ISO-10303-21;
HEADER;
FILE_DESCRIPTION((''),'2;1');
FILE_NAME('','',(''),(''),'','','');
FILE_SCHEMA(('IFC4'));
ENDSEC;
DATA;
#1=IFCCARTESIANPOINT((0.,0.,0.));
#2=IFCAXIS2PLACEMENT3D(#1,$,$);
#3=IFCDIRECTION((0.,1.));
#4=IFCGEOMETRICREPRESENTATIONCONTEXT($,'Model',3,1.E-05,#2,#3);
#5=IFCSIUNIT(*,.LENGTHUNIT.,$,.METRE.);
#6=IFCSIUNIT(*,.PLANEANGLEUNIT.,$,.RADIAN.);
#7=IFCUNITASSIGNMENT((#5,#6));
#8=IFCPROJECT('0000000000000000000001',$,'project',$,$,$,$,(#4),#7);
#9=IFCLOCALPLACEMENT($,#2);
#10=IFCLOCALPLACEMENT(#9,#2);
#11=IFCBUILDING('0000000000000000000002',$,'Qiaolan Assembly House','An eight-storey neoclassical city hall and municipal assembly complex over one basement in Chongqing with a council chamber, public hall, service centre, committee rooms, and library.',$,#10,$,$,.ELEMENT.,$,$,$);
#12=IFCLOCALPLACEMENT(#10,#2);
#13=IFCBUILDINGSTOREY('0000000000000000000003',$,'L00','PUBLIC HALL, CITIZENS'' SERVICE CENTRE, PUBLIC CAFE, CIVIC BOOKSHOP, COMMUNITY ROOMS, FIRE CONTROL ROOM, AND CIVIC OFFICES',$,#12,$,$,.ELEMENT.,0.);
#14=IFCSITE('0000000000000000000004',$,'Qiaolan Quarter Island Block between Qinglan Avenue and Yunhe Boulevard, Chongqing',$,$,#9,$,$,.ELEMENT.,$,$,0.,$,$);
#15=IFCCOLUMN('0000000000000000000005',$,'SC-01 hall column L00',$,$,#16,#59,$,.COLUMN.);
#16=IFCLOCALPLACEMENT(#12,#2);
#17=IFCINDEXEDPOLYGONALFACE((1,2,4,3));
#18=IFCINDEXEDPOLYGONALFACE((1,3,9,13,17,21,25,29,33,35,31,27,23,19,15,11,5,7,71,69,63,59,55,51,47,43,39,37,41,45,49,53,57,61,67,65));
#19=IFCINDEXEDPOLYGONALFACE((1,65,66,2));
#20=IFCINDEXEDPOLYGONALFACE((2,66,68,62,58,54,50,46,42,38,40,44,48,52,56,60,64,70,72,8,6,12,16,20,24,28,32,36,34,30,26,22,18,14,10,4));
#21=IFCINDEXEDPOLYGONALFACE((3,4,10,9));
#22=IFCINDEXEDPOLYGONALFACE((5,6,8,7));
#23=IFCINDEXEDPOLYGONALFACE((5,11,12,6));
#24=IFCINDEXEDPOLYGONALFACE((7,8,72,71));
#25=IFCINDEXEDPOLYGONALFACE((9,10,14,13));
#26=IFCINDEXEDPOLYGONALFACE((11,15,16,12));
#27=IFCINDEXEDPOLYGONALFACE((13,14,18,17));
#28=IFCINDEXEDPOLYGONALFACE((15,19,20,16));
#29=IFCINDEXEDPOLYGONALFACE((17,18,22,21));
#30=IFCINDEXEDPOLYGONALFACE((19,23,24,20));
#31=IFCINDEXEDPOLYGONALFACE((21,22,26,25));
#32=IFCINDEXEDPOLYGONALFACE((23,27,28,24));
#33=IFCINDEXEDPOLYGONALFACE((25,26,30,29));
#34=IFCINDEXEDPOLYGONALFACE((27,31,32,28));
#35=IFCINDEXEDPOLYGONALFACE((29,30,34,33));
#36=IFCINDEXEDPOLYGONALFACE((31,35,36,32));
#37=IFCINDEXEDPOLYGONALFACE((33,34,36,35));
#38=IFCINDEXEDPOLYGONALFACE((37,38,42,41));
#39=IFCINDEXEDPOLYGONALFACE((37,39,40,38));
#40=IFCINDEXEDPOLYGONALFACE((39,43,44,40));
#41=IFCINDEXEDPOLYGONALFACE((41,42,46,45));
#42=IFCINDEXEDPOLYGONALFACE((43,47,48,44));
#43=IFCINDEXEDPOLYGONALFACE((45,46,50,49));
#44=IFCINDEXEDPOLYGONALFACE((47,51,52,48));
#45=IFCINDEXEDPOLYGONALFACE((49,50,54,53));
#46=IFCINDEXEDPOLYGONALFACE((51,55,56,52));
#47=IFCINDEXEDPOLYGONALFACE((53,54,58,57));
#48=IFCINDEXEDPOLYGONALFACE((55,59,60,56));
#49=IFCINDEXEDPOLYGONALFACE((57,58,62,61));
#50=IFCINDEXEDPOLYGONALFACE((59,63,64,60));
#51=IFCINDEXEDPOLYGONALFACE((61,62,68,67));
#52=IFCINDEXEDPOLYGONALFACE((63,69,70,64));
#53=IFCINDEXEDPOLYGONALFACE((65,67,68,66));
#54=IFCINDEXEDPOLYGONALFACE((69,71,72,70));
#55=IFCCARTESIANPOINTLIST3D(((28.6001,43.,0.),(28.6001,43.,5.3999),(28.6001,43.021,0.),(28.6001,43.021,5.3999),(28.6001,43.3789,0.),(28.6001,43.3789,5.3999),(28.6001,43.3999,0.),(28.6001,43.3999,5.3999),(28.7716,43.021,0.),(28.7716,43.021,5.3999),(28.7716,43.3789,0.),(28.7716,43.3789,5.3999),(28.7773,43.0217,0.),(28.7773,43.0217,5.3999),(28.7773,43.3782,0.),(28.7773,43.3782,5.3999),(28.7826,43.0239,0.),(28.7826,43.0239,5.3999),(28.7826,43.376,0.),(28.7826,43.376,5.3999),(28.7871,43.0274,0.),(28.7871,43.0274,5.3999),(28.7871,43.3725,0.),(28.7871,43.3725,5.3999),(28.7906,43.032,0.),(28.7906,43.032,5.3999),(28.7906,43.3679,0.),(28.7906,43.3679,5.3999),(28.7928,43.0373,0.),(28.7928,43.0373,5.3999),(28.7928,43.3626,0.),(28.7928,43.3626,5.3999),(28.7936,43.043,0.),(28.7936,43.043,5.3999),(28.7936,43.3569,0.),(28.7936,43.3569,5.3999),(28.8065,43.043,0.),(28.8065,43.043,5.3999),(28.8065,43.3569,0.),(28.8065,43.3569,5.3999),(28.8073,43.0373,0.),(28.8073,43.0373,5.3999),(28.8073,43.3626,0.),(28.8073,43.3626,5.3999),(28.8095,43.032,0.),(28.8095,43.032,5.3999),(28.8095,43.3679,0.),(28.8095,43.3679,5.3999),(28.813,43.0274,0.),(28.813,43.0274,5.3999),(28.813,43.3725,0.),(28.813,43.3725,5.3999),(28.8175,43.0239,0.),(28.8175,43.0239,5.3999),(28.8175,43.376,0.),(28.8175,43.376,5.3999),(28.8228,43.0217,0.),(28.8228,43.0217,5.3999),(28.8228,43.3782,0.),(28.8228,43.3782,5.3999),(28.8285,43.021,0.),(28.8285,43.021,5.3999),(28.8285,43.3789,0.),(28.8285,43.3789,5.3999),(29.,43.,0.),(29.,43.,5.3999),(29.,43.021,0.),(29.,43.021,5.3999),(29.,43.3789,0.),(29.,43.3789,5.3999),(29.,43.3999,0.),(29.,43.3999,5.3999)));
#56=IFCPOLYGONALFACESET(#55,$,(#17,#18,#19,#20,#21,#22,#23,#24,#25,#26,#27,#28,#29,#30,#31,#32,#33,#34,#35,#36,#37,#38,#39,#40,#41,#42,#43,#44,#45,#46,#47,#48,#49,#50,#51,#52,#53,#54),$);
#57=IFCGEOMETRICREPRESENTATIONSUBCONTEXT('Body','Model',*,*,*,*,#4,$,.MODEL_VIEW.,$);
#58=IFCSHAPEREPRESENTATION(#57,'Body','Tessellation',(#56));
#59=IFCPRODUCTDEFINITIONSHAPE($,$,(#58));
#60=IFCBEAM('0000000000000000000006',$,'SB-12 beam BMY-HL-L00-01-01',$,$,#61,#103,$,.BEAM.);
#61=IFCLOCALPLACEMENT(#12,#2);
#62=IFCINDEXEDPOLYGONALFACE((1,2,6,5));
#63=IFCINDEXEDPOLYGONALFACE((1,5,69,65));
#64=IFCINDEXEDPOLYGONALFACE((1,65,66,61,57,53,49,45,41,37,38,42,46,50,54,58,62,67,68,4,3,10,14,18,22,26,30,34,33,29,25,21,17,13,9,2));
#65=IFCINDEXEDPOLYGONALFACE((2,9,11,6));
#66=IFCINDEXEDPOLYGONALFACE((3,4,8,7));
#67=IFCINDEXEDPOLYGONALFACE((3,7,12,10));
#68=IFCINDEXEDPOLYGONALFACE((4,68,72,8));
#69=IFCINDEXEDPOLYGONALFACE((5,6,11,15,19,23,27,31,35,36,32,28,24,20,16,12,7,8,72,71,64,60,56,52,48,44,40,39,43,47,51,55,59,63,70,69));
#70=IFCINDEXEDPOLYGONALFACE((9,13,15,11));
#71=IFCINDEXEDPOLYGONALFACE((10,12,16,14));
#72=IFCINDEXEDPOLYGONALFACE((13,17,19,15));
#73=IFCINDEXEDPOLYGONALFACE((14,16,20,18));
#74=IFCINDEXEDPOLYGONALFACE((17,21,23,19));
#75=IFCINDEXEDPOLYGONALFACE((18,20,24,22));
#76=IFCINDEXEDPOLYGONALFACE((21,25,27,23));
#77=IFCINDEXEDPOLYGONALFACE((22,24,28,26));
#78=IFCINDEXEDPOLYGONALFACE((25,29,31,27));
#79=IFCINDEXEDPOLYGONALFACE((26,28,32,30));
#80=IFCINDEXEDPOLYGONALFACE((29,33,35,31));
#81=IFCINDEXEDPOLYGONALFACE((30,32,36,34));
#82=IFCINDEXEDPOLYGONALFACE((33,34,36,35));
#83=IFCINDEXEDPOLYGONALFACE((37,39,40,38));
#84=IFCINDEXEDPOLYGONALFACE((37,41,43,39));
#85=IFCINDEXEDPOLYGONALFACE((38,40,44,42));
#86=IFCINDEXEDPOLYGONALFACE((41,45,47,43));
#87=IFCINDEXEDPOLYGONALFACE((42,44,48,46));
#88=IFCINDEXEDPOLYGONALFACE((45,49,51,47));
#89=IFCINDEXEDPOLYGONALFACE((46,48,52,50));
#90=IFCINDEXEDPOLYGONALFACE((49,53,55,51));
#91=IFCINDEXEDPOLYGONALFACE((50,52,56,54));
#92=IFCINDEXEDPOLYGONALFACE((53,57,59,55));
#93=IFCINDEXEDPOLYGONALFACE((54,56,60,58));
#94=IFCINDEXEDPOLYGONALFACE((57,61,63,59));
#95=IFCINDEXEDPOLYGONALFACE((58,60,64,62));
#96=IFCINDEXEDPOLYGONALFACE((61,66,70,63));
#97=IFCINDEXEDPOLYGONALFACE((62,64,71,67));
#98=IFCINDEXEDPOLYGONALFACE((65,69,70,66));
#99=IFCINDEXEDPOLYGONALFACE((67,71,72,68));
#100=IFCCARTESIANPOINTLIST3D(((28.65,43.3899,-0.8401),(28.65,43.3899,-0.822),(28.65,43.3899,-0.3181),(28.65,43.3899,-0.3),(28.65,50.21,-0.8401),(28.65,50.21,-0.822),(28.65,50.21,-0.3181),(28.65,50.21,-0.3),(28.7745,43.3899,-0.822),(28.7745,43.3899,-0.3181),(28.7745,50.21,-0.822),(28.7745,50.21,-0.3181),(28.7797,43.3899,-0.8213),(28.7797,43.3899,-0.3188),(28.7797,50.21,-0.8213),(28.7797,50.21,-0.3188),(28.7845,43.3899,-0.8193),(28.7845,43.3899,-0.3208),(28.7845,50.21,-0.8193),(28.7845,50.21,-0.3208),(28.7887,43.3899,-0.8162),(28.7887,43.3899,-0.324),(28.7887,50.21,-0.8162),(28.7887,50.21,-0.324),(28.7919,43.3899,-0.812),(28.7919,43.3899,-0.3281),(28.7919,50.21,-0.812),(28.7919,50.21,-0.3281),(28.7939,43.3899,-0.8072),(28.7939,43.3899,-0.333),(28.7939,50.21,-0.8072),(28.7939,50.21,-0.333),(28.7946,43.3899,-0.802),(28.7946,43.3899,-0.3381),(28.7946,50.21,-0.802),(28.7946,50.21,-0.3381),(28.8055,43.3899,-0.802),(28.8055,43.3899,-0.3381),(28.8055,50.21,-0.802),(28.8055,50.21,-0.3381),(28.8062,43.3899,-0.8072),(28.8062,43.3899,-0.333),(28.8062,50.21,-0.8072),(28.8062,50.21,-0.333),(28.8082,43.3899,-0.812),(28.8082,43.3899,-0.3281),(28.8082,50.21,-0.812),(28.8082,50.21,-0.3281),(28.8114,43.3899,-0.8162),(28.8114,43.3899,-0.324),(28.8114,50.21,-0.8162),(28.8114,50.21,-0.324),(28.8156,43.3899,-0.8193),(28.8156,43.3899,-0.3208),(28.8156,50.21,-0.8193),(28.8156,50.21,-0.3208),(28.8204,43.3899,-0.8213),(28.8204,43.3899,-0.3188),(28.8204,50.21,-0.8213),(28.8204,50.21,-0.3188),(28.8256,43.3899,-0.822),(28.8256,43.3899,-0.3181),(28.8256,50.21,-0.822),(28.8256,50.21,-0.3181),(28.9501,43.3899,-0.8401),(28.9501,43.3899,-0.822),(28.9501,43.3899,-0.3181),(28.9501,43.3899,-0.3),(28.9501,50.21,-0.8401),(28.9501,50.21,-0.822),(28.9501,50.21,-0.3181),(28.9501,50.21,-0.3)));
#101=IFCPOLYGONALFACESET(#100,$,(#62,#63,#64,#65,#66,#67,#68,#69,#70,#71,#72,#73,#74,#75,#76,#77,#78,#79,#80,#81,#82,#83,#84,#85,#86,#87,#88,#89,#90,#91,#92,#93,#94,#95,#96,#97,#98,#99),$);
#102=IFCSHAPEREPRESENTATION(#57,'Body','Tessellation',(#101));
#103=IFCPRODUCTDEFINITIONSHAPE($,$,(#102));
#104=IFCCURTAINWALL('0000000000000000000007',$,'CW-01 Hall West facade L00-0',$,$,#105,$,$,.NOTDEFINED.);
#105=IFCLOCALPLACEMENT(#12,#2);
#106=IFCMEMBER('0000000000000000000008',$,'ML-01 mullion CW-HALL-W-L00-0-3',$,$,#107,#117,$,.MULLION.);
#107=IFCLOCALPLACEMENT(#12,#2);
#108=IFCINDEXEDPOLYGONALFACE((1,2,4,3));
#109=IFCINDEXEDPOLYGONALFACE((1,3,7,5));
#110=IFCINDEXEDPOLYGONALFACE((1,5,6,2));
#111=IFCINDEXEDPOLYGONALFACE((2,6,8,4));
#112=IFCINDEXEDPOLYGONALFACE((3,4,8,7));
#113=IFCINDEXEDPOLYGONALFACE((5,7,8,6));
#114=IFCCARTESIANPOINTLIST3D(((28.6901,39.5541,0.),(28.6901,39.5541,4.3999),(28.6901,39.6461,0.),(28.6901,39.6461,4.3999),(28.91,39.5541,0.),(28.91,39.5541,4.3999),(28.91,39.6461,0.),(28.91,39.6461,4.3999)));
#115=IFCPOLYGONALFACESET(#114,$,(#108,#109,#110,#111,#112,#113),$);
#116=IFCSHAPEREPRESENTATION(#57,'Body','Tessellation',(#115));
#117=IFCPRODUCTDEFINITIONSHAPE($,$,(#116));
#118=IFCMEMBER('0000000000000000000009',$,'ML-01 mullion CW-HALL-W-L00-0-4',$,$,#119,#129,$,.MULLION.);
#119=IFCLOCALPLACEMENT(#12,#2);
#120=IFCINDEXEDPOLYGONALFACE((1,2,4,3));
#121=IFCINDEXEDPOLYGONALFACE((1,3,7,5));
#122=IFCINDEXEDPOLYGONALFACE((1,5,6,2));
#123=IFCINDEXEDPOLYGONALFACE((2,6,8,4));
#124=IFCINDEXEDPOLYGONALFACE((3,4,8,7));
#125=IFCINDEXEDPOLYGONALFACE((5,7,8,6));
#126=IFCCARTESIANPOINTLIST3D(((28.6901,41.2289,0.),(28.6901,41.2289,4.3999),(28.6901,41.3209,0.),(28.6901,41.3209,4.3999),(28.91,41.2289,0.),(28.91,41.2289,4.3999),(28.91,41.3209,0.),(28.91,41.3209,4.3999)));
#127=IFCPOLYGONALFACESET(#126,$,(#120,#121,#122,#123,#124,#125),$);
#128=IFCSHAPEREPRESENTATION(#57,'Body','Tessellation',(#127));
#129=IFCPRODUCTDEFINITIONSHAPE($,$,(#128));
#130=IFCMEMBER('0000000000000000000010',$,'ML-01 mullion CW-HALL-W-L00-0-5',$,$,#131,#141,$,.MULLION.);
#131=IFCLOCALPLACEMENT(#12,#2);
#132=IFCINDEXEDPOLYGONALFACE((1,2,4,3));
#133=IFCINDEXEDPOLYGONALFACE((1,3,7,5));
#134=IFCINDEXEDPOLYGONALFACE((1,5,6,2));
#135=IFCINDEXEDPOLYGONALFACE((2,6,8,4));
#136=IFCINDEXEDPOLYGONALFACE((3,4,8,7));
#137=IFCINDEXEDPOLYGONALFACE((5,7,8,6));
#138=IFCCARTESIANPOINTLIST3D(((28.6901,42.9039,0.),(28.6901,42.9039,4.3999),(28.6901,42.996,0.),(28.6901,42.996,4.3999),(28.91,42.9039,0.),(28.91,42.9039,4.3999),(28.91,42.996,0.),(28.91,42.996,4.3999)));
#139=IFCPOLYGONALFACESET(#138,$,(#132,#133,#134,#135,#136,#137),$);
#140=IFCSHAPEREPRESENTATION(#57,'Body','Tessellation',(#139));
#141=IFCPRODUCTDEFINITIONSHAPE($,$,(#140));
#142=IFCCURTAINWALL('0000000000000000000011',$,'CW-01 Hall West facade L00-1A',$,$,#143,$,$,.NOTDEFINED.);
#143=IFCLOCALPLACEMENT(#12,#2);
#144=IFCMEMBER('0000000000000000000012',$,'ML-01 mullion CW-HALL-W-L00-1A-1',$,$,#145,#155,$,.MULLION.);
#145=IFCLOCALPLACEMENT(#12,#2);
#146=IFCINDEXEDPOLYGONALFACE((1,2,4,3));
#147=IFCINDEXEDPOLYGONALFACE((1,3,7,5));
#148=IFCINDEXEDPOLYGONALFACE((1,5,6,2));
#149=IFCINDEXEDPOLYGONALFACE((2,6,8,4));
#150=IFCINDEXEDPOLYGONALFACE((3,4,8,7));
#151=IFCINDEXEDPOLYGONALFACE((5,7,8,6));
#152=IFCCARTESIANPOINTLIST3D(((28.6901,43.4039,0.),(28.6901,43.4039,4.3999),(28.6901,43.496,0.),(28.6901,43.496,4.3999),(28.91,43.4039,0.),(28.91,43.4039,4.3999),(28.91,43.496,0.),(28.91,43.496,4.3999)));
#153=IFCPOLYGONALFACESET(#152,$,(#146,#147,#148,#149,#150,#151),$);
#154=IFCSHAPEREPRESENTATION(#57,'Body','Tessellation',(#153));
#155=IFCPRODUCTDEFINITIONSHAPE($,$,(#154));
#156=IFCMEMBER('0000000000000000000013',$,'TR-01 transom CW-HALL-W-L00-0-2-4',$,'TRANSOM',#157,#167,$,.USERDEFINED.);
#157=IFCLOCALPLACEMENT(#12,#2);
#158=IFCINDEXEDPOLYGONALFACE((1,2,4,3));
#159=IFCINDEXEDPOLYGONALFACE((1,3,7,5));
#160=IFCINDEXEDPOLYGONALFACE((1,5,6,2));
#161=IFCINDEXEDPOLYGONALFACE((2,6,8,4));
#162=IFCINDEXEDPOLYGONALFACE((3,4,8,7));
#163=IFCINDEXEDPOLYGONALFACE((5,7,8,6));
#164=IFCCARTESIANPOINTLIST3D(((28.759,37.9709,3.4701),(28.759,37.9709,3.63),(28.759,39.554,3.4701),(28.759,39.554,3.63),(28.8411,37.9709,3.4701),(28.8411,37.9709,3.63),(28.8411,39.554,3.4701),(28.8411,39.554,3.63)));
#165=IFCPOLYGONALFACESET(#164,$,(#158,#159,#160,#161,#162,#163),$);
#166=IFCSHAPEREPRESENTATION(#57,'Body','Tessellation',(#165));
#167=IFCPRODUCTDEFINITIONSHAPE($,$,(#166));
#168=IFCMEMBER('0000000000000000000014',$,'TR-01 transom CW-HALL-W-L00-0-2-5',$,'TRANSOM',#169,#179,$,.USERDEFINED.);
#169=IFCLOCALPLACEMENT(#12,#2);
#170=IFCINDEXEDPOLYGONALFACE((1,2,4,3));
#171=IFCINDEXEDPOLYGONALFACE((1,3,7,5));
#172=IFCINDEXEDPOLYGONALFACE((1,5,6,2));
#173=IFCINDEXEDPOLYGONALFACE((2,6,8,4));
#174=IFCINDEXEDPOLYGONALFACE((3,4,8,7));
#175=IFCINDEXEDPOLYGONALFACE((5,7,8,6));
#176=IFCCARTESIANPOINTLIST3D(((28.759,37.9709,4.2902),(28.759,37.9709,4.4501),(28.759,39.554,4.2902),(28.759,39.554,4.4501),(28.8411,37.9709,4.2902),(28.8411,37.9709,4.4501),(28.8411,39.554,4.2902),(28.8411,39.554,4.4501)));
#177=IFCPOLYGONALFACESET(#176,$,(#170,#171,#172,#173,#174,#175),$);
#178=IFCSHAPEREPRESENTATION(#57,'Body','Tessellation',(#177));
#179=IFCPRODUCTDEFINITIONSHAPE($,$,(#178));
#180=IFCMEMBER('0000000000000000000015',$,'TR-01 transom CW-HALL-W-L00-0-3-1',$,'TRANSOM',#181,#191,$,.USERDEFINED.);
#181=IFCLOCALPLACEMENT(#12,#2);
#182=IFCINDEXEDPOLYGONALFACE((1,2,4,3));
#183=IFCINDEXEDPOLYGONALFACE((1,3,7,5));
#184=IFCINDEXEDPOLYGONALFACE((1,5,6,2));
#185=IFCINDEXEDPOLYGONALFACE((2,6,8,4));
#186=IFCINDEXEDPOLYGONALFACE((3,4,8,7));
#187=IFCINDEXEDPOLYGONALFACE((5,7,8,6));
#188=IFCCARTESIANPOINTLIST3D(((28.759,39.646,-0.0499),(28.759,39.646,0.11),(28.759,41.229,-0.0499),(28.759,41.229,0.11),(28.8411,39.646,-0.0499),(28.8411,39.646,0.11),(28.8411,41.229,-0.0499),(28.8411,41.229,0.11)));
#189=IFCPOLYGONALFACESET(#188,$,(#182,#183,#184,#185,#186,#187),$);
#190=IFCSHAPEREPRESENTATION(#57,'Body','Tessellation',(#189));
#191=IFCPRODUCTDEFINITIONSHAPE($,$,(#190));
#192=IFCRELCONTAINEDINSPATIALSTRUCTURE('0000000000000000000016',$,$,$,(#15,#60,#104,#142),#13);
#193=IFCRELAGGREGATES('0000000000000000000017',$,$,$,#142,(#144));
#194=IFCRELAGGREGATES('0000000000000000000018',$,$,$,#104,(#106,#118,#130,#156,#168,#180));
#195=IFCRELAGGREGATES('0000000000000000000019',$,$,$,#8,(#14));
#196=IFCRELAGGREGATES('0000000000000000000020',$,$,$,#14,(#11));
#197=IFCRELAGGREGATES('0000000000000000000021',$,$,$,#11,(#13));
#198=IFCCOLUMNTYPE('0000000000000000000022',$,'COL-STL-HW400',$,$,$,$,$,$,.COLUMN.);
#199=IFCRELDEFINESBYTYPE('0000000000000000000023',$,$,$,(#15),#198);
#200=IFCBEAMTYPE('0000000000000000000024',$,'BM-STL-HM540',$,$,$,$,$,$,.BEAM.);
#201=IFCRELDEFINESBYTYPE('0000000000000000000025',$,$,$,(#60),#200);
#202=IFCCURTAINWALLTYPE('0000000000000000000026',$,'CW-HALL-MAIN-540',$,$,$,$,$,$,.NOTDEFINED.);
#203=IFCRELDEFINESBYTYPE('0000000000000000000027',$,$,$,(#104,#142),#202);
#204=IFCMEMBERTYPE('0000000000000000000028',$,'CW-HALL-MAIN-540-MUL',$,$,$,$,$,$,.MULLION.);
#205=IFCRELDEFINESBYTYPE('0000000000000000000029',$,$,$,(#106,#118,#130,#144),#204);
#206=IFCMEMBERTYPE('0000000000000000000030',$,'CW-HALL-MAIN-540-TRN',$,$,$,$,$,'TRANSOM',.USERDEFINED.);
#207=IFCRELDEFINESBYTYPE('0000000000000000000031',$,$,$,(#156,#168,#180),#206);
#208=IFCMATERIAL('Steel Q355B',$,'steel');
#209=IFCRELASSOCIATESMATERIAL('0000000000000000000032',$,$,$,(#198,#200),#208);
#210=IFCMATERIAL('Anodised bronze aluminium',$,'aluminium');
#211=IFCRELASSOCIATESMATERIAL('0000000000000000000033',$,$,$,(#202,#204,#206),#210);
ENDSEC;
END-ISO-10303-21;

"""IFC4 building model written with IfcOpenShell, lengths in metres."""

from ifc_helpers import new_model, si_unit, direction, frame, origin, origin_2d, place, context, subcontext, project, spatial, rectangle, i_section, extrude, material, material_profile, profile_set, type_object, element, aggregate, save


model = new_model("IFC4")

# Units and contexts
model_context = context("Model", 3, precision=1e-05, world=origin(), true_north=direction((0.0, 1.0)))
body_context = subcontext(model_context, "Body", "Model", "MODEL_VIEW")
ifc_project = project(units=[si_unit("LENGTHUNIT", "METRE"), si_unit("PLANEANGLEUNIT", "RADIAN")], contexts=[model_context])

# Site, building, storey
site_placement = place(None, origin())
site = spatial("IfcSite", under=ifc_project, at=site_placement, Name="Qiaolan Quarter Island Block between Qinglan Avenue and Yunhe Boulevard, Chongqing", CompositionType="ELEMENT", RefElevation=0.0)
building_placement = place(site_placement, origin())
building = spatial("IfcBuilding", under=site, at=building_placement, Name="Qiaolan Assembly House", Description="An eight-storey neoclassical city hall and municipal assembly complex over one basement in Chongqing with a council chamber, public hall, service centre, committee rooms, and library.", CompositionType="ELEMENT")
storey_placement = place(building_placement, origin())
storey = spatial("IfcBuildingStorey", under=building, at=storey_placement, Name="L00", Description="PUBLIC HALL, CITIZENS' SERVICE CENTRE, PUBLIC CAFE, CIVIC BOOKSHOP, COMMUNITY ROOMS, FIRE CONTROL ROOM, AND CIVIC OFFICES", CompositionType="ELEMENT", Elevation=0.0)

# Column
ifc_material_1 = material(Name="Steel Q355B", Category="steel")
ifc_material_profile_1 = material_profile(ifc_material_1, i_section(OverallWidth=0.3999, OverallDepth=0.3999, WebThickness=0.0129, FlangeThickness=0.021, FilletRadius=0.022, at=origin_2d()), Name="HW 400x400x13x21")
ifc_profile_set_1 = profile_set([ifc_material_profile_1], Name="Steel Q355B")
column_type = type_object("IfcColumnType", Name="COL-STL-HW400", PredefinedType="COLUMN", material=ifc_profile_set_1)
column_placement = place(storey_placement, frame((28.8, 43.2, 0.0), z_axis=(0.0, 0.0, 1.0), x_axis=(1.0, 0.0, 0.0)))
element("IfcColumn", 1, at=column_placement, inside=storey, type_object=column_type, Name="SC-01 hall column L00", PredefinedType="COLUMN", context=body_context, shape_type="SweptSolid", body=[
    extrude(i_section(OverallWidth=0.3999, OverallDepth=0.3999, WebThickness=0.0129, FlangeThickness=0.021, FilletRadius=0.022, at=origin_2d()), origin(), (0.0, 0.0, 1.0), 5.3999),
])

# Beam
ifc_material_profile_2 = material_profile(ifc_material_1, i_section(OverallWidth=0.3, OverallDepth=0.54, WebThickness=0.011, FlangeThickness=0.0181, FilletRadius=0.02, at=origin_2d()), Name="HM 540x300x11x18")
ifc_profile_set_2 = profile_set([ifc_material_profile_2], Name="Steel Q355B")
beam_type = type_object("IfcBeamType", Name="BM-STL-HM540", PredefinedType="BEAM", material=ifc_profile_set_2)
beam_placement = place(storey_placement, frame((28.8, 43.3899, -0.5701), z_axis=(0.0, 1.0, 0.0), x_axis=(-1.0, 0.0, 0.0)))
element("IfcBeam", 2, at=beam_placement, inside=storey, type_object=beam_type, Name="SB-12 beam BMY-HL-L00-01-01", PredefinedType="BEAM", context=body_context, shape_type="SweptSolid", body=[
    extrude(i_section(OverallWidth=0.3, OverallDepth=0.54, WebThickness=0.011, FlangeThickness=0.0181, FilletRadius=0.02, at=origin_2d()), origin(), (0.0, 0.0, 1.0), 6.8201),
])

# Curtain wall, members
ifc_material_2 = material(Name="Anodised bronze aluminium", Category="aluminium")
curtain_wall_type = type_object("IfcCurtainWallType", Name="CW-HALL-MAIN-540", PredefinedType="NOTDEFINED", material=ifc_material_2)
curtain_wall_1_placement = place(storey_placement, origin())
curtain_wall_1 = element("IfcCurtainWall", 3, at=curtain_wall_1_placement, inside=storey, type_object=curtain_wall_type, Name="CW-01 Hall West facade L00-0", PredefinedType="NOTDEFINED")
ifc_material_profile_3 = material_profile(ifc_material_2, rectangle(XDim=0.092, YDim=0.22, at=origin_2d()), Name="MUL 92x220")
ifc_profile_set_3 = profile_set([ifc_material_profile_3], Name="Anodised bronze aluminium")
member_type_1 = type_object("IfcMemberType", Name="CW-HALL-MAIN-540-MUL", PredefinedType="MULLION", material=ifc_profile_set_3)
member_1_placement = place(storey_placement, frame((28.8, 39.6001, 0.0), z_axis=(0.0, 0.0, 1.0), x_axis=(0.0, 1.0, 0.0)))
member_1 = element("IfcMember", 4, at=member_1_placement, type_object=member_type_1, Name="ML-01 mullion CW-HALL-W-L00-0-3", PredefinedType="MULLION", context=body_context, shape_type="SweptSolid", body=[
    extrude(rectangle(XDim=0.092, YDim=0.22, at=origin_2d()), origin(), (0.0, 0.0, 1.0), 4.3999),
])
member_2_placement = place(storey_placement, frame((28.8, 41.2749, 0.0), z_axis=(0.0, 0.0, 1.0), x_axis=(0.0, 1.0, 0.0)))
member_2 = element("IfcMember", 5, at=member_2_placement, type_object=member_type_1, Name="ML-01 mullion CW-HALL-W-L00-0-4", PredefinedType="MULLION", context=body_context, shape_type="SweptSolid", body=[
    extrude(rectangle(XDim=0.092, YDim=0.22, at=origin_2d()), origin(), (0.0, 0.0, 1.0), 4.3999),
])
member_3_placement = place(storey_placement, frame((28.8, 42.95, 0.0), z_axis=(0.0, 0.0, 1.0), x_axis=(0.0, 1.0, 0.0)))
member_3 = element("IfcMember", 6, at=member_3_placement, type_object=member_type_1, Name="ML-01 mullion CW-HALL-W-L00-0-5", PredefinedType="MULLION", context=body_context, shape_type="SweptSolid", body=[
    extrude(rectangle(XDim=0.092, YDim=0.22, at=origin_2d()), origin(), (0.0, 0.0, 1.0), 4.3999),
])

# Curtain wall, member
curtain_wall_2_placement = place(storey_placement, origin())
curtain_wall_2 = element("IfcCurtainWall", 7, at=curtain_wall_2_placement, inside=storey, type_object=curtain_wall_type, Name="CW-01 Hall West facade L00-1A", PredefinedType="NOTDEFINED")
member_4_placement = place(storey_placement, frame((28.8, 43.45, 0.0), z_axis=(0.0, 0.0, 1.0), x_axis=(0.0, 1.0, 0.0)))
member_4 = element("IfcMember", 8, at=member_4_placement, type_object=member_type_1, Name="ML-01 mullion CW-HALL-W-L00-1A-1", PredefinedType="MULLION", context=body_context, shape_type="SweptSolid", body=[
    extrude(rectangle(XDim=0.092, YDim=0.22, at=origin_2d()), origin(), (0.0, 0.0, 1.0), 4.3999),
])
aggregate(curtain_wall_2, [member_4])

# Members
ifc_material_profile_4 = material_profile(ifc_material_2, rectangle(XDim=0.082, YDim=0.1599, at=origin_2d()), Name="TRN 82x160")
ifc_profile_set_4 = profile_set([ifc_material_profile_4], Name="Anodised bronze aluminium")
member_type_2 = type_object("IfcMemberType", Name="CW-HALL-MAIN-540-TRN", ElementType="TRANSOM", PredefinedType="USERDEFINED", material=ifc_profile_set_4)
member_5_placement = place(storey_placement, frame((28.8, 37.9709, 3.55), z_axis=(0.0, 1.0, 0.0), x_axis=(-1.0, 0.0, 0.0)))
member_5 = element("IfcMember", 9, at=member_5_placement, type_object=member_type_2, Name="TR-01 transom CW-HALL-W-L00-0-2-4", ObjectType="TRANSOM", PredefinedType="USERDEFINED", context=body_context, shape_type="SweptSolid", body=[
    extrude(rectangle(XDim=0.082, YDim=0.1599, at=origin_2d()), origin(), (0.0, 0.0, 1.0), 1.583),
])
member_6_placement = place(storey_placement, frame((28.8, 37.9709, 4.3701), z_axis=(0.0, 1.0, 0.0), x_axis=(-1.0, 0.0, 0.0)))
member_6 = element("IfcMember", 10, at=member_6_placement, type_object=member_type_2, Name="TR-01 transom CW-HALL-W-L00-0-2-5", ObjectType="TRANSOM", PredefinedType="USERDEFINED", context=body_context, shape_type="SweptSolid", body=[
    extrude(rectangle(XDim=0.082, YDim=0.1599, at=origin_2d()), origin(), (0.0, 0.0, 1.0), 1.583),
])
member_7_placement = place(storey_placement, frame((28.8, 39.646, 0.03), z_axis=(0.0, 1.0, 0.0), x_axis=(-1.0, 0.0, 0.0)))
member_7 = element("IfcMember", 11, at=member_7_placement, type_object=member_type_2, Name="TR-01 transom CW-HALL-W-L00-0-3-1", ObjectType="TRANSOM", PredefinedType="USERDEFINED", context=body_context, shape_type="SweptSolid", body=[
    extrude(rectangle(XDim=0.082, YDim=0.1599, at=origin_2d()), origin(), (0.0, 0.0, 1.0), 1.583),
])

aggregate(curtain_wall_1, [member_1, member_2, member_3, member_5, member_6, member_7])

save(model, "model.ifc")
